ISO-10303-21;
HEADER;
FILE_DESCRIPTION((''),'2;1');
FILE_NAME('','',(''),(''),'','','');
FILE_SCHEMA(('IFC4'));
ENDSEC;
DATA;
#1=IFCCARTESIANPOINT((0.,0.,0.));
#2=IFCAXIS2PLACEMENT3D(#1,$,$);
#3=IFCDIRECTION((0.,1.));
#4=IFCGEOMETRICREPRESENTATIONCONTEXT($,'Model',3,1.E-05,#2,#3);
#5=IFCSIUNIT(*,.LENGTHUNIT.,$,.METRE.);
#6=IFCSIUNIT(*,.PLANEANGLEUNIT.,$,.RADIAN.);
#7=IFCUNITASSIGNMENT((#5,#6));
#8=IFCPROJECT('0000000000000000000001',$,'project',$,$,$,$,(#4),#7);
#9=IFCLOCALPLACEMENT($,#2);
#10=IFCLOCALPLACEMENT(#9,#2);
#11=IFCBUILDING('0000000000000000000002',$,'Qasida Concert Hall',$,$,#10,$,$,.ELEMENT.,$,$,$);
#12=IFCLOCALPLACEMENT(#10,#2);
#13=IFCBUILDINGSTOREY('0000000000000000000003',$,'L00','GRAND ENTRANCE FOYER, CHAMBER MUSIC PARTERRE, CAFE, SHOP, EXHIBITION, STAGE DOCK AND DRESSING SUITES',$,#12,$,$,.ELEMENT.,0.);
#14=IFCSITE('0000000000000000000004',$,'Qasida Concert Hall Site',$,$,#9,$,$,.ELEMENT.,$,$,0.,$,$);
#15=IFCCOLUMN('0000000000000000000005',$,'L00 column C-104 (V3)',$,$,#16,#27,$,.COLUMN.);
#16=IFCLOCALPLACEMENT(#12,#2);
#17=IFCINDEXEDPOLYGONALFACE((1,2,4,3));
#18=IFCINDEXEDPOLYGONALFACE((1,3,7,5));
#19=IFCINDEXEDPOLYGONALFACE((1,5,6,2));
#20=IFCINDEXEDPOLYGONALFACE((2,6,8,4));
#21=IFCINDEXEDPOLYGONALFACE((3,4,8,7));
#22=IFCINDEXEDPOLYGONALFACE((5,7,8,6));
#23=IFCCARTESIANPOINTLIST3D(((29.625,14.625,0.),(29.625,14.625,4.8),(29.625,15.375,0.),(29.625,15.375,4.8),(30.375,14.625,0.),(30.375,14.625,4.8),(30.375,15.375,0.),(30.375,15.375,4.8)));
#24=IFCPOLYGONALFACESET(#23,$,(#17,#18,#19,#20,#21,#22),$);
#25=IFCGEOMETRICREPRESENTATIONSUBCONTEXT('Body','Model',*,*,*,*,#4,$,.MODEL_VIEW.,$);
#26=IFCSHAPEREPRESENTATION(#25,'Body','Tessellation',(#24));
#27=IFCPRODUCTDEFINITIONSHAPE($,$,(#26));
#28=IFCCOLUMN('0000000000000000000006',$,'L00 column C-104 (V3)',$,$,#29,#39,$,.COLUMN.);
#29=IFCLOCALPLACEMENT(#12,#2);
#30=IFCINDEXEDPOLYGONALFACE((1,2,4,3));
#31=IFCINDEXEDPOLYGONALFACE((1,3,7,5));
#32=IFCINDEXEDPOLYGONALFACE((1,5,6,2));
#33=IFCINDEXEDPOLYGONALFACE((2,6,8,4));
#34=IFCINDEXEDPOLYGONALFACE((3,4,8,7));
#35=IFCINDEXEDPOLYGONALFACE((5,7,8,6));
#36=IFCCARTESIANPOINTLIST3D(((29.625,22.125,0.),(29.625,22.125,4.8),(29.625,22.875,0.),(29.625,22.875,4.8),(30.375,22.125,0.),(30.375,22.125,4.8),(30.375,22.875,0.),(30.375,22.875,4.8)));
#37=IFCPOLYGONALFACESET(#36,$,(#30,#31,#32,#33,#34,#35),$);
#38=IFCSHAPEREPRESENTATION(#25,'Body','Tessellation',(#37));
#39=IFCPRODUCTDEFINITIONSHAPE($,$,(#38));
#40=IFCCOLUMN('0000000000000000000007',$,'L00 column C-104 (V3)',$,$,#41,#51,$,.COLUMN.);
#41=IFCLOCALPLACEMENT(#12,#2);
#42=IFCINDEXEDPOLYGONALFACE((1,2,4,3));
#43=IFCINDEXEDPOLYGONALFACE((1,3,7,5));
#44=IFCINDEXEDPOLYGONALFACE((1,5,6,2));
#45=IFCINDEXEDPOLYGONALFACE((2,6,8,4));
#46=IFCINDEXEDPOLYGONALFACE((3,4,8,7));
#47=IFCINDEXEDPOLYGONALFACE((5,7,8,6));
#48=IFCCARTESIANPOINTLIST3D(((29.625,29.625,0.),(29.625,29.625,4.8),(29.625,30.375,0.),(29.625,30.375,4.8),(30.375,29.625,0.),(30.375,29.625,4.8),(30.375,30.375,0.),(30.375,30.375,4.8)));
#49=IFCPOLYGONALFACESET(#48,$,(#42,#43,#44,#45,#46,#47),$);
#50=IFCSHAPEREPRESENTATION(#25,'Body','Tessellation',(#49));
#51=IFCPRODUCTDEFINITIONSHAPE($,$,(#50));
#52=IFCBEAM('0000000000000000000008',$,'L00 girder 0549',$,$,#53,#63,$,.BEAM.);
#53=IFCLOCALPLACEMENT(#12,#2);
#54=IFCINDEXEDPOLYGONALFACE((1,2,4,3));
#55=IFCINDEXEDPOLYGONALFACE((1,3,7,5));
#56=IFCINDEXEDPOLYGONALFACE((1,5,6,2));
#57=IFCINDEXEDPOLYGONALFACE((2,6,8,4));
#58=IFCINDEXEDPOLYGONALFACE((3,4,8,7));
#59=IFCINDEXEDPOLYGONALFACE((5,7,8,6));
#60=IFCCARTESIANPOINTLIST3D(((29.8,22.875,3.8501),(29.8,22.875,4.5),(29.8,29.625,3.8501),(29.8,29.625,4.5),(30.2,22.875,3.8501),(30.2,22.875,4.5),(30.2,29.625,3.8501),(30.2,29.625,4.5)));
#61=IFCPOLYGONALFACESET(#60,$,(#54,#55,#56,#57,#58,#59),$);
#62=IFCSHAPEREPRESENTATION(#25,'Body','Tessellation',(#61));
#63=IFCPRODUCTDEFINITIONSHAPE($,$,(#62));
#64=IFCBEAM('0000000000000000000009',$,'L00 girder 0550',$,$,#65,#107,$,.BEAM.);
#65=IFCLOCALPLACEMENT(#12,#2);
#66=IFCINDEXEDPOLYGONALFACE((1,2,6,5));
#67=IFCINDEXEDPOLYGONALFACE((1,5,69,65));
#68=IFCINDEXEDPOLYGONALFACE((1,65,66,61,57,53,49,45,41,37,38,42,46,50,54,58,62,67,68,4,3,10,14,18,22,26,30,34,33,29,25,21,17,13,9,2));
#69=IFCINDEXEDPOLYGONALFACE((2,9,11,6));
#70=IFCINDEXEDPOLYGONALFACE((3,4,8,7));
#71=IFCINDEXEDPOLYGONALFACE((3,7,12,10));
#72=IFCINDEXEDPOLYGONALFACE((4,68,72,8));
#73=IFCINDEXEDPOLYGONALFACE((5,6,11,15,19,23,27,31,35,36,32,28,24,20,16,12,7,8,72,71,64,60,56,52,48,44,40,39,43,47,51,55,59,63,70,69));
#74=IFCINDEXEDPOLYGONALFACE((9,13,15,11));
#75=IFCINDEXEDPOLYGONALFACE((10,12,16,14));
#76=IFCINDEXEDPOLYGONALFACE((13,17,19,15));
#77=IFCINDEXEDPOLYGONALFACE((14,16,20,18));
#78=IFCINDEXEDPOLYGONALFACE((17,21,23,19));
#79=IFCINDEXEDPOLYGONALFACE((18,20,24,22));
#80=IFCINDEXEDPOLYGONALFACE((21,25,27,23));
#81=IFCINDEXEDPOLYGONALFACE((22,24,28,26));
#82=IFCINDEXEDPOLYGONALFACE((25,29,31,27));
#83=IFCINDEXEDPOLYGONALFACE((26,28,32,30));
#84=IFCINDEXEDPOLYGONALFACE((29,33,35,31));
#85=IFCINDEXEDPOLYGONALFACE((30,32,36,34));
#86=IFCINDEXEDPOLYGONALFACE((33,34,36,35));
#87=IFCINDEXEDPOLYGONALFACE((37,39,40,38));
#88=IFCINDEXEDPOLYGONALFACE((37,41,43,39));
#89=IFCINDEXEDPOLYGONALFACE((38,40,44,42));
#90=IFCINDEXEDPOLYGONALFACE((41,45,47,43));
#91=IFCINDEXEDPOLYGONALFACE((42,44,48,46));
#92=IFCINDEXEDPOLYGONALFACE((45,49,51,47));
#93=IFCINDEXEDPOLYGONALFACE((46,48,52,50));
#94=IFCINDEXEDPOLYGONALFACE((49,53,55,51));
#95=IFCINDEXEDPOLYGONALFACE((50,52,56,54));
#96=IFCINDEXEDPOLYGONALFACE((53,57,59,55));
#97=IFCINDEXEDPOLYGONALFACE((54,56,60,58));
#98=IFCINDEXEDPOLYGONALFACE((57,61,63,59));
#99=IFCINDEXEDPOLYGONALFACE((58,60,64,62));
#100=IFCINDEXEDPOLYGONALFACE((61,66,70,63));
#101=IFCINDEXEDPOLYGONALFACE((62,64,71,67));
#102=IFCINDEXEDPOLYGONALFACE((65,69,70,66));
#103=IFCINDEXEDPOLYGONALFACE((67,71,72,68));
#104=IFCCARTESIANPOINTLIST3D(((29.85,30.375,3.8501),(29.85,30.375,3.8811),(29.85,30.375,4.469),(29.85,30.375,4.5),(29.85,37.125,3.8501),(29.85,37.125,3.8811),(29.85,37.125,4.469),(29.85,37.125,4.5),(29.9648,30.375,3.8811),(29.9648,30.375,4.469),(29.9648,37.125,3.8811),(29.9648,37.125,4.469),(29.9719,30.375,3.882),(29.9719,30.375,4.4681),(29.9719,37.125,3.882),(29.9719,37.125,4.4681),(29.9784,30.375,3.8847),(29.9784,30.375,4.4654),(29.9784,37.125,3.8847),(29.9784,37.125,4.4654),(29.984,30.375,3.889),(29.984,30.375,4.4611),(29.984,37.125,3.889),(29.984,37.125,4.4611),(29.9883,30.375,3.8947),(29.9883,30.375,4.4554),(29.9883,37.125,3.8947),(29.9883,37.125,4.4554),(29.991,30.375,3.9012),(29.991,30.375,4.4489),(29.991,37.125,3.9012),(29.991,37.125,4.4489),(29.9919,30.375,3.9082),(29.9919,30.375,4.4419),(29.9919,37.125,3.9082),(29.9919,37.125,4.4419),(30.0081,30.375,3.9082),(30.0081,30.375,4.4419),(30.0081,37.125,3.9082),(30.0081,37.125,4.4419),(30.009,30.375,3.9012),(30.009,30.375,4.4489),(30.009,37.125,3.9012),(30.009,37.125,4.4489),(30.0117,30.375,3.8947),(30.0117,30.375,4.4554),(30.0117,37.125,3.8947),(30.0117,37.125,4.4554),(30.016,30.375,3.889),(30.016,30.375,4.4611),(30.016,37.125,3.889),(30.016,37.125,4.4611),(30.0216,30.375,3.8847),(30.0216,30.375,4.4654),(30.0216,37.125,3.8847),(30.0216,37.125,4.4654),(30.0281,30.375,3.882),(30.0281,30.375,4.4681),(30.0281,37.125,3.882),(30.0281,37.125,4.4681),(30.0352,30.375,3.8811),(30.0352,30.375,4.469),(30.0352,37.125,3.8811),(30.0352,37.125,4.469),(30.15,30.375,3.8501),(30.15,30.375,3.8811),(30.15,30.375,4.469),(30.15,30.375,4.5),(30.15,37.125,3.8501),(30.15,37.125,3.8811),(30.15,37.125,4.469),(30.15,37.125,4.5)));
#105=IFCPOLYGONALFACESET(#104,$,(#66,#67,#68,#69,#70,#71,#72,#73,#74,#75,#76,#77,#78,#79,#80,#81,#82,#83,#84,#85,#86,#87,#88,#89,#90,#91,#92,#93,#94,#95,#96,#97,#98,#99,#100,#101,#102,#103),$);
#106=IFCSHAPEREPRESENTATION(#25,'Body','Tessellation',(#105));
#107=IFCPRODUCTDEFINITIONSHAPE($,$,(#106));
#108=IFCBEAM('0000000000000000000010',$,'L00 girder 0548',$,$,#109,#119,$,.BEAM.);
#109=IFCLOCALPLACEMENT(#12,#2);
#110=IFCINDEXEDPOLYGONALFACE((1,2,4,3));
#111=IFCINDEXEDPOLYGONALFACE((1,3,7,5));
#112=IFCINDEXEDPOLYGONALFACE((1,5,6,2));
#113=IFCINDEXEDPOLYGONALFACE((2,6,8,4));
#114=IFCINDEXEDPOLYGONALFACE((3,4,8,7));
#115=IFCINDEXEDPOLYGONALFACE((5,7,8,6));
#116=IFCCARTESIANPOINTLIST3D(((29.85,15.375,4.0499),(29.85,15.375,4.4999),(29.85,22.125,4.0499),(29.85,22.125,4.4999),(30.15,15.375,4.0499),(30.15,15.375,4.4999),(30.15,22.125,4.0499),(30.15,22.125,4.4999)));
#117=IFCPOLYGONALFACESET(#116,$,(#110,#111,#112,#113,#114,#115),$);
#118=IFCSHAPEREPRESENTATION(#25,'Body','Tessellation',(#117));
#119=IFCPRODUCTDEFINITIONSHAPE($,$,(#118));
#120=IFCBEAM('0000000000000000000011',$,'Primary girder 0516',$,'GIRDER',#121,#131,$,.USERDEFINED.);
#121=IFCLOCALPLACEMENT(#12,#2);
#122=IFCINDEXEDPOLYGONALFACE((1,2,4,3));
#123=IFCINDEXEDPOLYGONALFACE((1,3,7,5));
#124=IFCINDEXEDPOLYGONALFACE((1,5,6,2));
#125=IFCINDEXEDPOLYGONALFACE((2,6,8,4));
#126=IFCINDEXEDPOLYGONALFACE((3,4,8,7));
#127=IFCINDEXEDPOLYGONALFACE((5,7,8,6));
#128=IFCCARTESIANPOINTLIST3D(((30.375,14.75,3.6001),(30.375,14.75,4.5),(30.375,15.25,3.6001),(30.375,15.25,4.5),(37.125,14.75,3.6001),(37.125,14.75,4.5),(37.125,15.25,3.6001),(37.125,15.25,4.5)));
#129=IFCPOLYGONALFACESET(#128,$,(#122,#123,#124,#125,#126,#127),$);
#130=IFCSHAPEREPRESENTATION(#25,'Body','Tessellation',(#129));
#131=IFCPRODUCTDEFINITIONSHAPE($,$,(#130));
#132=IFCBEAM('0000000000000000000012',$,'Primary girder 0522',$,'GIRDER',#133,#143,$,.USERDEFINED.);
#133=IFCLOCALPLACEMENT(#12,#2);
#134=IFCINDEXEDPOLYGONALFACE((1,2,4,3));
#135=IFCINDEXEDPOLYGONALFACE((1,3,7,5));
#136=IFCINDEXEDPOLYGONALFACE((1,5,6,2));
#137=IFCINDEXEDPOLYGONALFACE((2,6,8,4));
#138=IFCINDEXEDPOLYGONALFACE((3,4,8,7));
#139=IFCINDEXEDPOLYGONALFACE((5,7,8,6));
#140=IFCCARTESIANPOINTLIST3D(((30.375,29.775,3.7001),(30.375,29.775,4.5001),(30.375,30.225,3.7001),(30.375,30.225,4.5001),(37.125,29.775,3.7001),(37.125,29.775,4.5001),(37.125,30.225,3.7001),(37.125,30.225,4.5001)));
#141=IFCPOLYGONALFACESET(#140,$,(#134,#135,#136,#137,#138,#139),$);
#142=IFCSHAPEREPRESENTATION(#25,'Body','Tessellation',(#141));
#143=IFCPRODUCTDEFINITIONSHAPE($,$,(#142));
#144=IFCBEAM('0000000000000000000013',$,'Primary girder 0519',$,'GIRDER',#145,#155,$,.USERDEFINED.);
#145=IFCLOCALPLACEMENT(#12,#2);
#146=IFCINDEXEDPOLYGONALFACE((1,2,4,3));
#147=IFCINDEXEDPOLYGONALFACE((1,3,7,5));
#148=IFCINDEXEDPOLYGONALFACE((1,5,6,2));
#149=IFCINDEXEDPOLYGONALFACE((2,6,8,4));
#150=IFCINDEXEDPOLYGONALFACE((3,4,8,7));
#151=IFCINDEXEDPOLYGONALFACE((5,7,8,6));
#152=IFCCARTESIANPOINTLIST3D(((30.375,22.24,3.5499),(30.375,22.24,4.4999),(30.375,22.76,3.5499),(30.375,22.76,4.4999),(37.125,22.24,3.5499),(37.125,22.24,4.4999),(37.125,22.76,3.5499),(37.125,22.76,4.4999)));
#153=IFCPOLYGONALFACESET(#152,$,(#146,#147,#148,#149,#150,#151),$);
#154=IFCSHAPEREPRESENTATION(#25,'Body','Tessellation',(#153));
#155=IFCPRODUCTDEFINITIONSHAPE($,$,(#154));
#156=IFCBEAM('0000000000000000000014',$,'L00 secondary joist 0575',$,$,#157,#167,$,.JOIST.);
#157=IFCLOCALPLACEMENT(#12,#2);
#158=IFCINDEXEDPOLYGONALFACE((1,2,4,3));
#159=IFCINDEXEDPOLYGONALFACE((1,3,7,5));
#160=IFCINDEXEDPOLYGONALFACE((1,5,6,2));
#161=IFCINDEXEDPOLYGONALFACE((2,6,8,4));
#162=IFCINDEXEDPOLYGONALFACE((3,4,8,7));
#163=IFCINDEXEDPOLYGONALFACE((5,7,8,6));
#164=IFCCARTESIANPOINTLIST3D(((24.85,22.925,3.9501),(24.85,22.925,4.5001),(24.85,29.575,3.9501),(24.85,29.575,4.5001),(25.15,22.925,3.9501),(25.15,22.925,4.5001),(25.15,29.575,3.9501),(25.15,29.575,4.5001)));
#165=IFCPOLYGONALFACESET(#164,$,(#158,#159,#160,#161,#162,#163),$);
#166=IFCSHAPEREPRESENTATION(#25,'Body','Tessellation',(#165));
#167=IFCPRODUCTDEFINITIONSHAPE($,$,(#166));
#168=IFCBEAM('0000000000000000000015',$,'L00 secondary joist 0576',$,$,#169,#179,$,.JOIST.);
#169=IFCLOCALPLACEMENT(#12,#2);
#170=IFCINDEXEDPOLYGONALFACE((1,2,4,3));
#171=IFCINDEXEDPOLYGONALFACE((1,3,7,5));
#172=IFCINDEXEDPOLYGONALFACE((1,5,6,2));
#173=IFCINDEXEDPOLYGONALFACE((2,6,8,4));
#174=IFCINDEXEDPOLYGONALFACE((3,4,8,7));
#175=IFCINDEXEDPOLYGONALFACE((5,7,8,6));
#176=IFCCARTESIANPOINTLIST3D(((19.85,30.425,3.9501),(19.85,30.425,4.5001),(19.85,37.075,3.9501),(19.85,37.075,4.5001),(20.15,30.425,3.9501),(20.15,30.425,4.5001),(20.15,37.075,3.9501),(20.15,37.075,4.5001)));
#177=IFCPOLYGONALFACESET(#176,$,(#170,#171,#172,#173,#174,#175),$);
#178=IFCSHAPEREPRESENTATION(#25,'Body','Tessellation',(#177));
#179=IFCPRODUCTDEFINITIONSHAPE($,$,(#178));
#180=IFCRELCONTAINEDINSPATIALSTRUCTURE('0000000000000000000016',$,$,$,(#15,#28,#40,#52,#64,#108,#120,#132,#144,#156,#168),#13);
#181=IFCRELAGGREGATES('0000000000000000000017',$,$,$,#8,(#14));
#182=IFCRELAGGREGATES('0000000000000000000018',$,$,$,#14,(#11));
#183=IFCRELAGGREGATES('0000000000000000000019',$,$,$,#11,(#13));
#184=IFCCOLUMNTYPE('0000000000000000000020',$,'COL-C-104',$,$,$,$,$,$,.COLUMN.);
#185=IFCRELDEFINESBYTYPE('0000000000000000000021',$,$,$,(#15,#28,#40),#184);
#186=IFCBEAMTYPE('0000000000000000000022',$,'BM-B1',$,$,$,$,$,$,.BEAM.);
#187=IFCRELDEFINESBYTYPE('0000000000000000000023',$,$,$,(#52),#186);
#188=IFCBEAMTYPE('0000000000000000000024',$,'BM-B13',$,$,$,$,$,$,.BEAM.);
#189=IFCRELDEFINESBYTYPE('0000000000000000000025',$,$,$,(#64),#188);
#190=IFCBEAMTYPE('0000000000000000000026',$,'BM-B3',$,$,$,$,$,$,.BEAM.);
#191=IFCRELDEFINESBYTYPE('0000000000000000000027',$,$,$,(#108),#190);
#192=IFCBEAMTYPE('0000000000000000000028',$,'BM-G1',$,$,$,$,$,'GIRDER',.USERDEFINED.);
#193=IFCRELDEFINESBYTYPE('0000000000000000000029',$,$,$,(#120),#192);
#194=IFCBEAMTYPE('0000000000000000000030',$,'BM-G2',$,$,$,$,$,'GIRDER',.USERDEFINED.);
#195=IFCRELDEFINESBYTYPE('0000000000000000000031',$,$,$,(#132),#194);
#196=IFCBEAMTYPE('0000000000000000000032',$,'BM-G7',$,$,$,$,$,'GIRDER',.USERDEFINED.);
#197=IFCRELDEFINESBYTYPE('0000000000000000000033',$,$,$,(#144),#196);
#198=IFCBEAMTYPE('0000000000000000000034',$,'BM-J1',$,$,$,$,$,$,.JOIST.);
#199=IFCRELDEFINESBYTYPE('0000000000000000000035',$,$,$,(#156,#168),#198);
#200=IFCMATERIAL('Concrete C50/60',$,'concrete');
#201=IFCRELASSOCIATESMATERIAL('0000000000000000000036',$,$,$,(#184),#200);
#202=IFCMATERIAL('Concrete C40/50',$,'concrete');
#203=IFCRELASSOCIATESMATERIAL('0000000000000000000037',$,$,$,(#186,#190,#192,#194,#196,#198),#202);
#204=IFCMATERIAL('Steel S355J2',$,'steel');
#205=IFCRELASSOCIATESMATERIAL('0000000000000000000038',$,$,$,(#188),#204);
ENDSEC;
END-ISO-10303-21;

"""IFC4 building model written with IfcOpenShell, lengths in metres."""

from ifc_helpers import new_model, si_unit, direction, frame, origin, origin_2d, place, context, subcontext, project, spatial, rectangle, i_section, extrude, material, material_profile, profile_set, type_object, element, save


model = new_model("IFC4")

# Units and contexts
model_context = context("Model", 3, precision=1e-05, world=origin(), true_north=direction((0.0, 1.0)))
body_context = subcontext(model_context, "Body", "Model", "MODEL_VIEW")
ifc_project = project(units=[si_unit("LENGTHUNIT", "METRE"), si_unit("PLANEANGLEUNIT", "RADIAN")], contexts=[model_context])

# Site, building, storey
site_placement = place(None, origin())
site = spatial("IfcSite", under=ifc_project, at=site_placement, Name="Qasida Concert Hall Site", CompositionType="ELEMENT", RefElevation=0.0)
building_placement = place(site_placement, origin())
building = spatial("IfcBuilding", under=site, at=building_placement, Name="Qasida Concert Hall", CompositionType="ELEMENT")
storey_placement = place(building_placement, origin())
storey = spatial("IfcBuildingStorey", under=building, at=storey_placement, Name="L00", Description="GRAND ENTRANCE FOYER, CHAMBER MUSIC PARTERRE, CAFE, SHOP, EXHIBITION, STAGE DOCK AND DRESSING SUITES", CompositionType="ELEMENT", Elevation=0.0)

# Columns
ifc_material_1 = material(Name="Concrete C50/60", Category="concrete")
ifc_material_profile_1 = material_profile(ifc_material_1, rectangle(XDim=0.75, YDim=0.75, at=origin_2d()), Name="RC 750x750")
ifc_profile_set_1 = profile_set([ifc_material_profile_1], Name="Concrete C50/60")
column_type = type_object("IfcColumnType", Name="COL-C-104", PredefinedType="COLUMN", material=ifc_profile_set_1)
for number, where, z_axis, x_axis, name in (
    (1, (30.0, 15.0, 0.0), (0.0, 0.0, 1.0), (1.0, 0.0, 0.0), "L00 column C-104 (V3)"),
    (2, (30.0, 22.5, 0.0), (0.0, 0.0, 1.0), (1.0, 0.0, 0.0), "L00 column C-104 (V3)"),
    (3, (30.0, 30.0, 0.0), (0.0, 0.0, 1.0), (1.0, 0.0, 0.0), "L00 column C-104 (V3)"),
):
    element("IfcColumn", number, at=place(storey_placement, frame(where, z_axis=z_axis, x_axis=x_axis)), inside=storey, type_object=column_type, Name=name, PredefinedType="COLUMN", context=body_context, shape_type="SweptSolid", body=[
        extrude(rectangle(XDim=0.75, YDim=0.75, at=origin_2d()), origin(), (0.0, 0.0, 1.0), 4.8),
    ])

# Beams
ifc_material_2 = material(Name="Concrete C40/50", Category="concrete")
ifc_material_profile_2 = material_profile(ifc_material_2, rectangle(XDim=0.3999, YDim=0.6499, at=origin_2d()), Name="RC 400x650")
ifc_profile_set_2 = profile_set([ifc_material_profile_2], Name="Concrete C40/50")
beam_type_1 = type_object("IfcBeamType", Name="BM-B1", PredefinedType="BEAM", material=ifc_profile_set_2)
beam_1_placement = place(storey_placement, frame((30.0, 22.875, 4.175), z_axis=(0.0, 1.0, 0.0), x_axis=(-1.0, 0.0, 0.0)))
element("IfcBeam", 4, at=beam_1_placement, inside=storey, type_object=beam_type_1, Name="L00 girder 0549", PredefinedType="BEAM", context=body_context, shape_type="SweptSolid", body=[
    extrude(rectangle(XDim=0.3999, YDim=0.6499, at=origin_2d()), origin(), (0.0, 0.0, 1.0), 6.75),
])
ifc_material_3 = material(Name="Steel S355J2", Category="steel")
ifc_material_profile_3 = material_profile(ifc_material_3, i_section(OverallWidth=0.3, OverallDepth=0.6499, WebThickness=0.0161, FlangeThickness=0.031, FilletRadius=0.0271, at=origin_2d()), Name="HEB 650")
ifc_profile_set_3 = profile_set([ifc_material_profile_3], Name="Steel S355J2")
beam_type_2 = type_object("IfcBeamType", Name="BM-B13", PredefinedType="BEAM", material=ifc_profile_set_3)
beam_2_placement = place(storey_placement, frame((30.0, 30.375, 4.175), z_axis=(0.0, 1.0, 0.0), x_axis=(-1.0, 0.0, 0.0)))
element("IfcBeam", 5, at=beam_2_placement, inside=storey, type_object=beam_type_2, Name="L00 girder 0550", PredefinedType="BEAM", context=body_context, shape_type="SweptSolid", body=[
    extrude(i_section(OverallWidth=0.3, OverallDepth=0.6499, WebThickness=0.0161, FlangeThickness=0.031, FilletRadius=0.0271, at=origin_2d()), origin(), (0.0, 0.0, 1.0), 6.75),
])
ifc_material_profile_4 = material_profile(ifc_material_2, rectangle(XDim=0.3, YDim=0.45, at=origin_2d()), Name="RC 300x450")
ifc_profile_set_4 = profile_set([ifc_material_profile_4], Name="Concrete C40/50")
beam_type_3 = type_object("IfcBeamType", Name="BM-B3", PredefinedType="BEAM", material=ifc_profile_set_4)
beam_3_placement = place(storey_placement, frame((30.0, 15.375, 4.2749), z_axis=(0.0, 1.0, 0.0), x_axis=(-1.0, 0.0, 0.0)))
element("IfcBeam", 6, at=beam_3_placement, inside=storey, type_object=beam_type_3, Name="L00 girder 0548", PredefinedType="BEAM", context=body_context, shape_type="SweptSolid", body=[
    extrude(rectangle(XDim=0.3, YDim=0.45, at=origin_2d()), origin(), (0.0, 0.0, 1.0), 6.75),
])
ifc_material_profile_5 = material_profile(ifc_material_2, rectangle(XDim=0.5, YDim=0.8999, at=origin_2d()), Name="RC 500x900")
ifc_profile_set_5 = profile_set([ifc_material_profile_5], Name="Concrete C40/50")
beam_type_4 = type_object("IfcBeamType", Name="BM-G1", ElementType="GIRDER", PredefinedType="USERDEFINED", material=ifc_profile_set_5)
beam_4_placement = place(storey_placement, frame((30.375, 15.0, 4.05), z_axis=(1.0, 0.0, 0.0), x_axis=(0.0, 1.0, 0.0)))
element("IfcBeam", 7, at=beam_4_placement, inside=storey, type_object=beam_type_4, Name="Primary girder 0516", ObjectType="GIRDER", PredefinedType="USERDEFINED", context=body_context, shape_type="SweptSolid", body=[
    extrude(rectangle(XDim=0.5, YDim=0.8999, at=origin_2d()), origin(), (0.0, 0.0, 1.0), 6.75),
])
ifc_material_profile_6 = material_profile(ifc_material_2, rectangle(XDim=0.45, YDim=0.8, at=origin_2d()), Name="RC 450x800")
ifc_profile_set_6 = profile_set([ifc_material_profile_6], Name="Concrete C40/50")
beam_type_5 = type_object("IfcBeamType", Name="BM-G2", ElementType="GIRDER", PredefinedType="USERDEFINED", material=ifc_profile_set_6)
beam_5_placement = place(storey_placement, frame((30.375, 30.0, 4.1001), z_axis=(1.0, 0.0, 0.0), x_axis=(0.0, 1.0, 0.0)))
element("IfcBeam", 8, at=beam_5_placement, inside=storey, type_object=beam_type_5, Name="Primary girder 0522", ObjectType="GIRDER", PredefinedType="USERDEFINED", context=body_context, shape_type="SweptSolid", body=[
    extrude(rectangle(XDim=0.45, YDim=0.8, at=origin_2d()), origin(), (0.0, 0.0, 1.0), 6.75),
])
ifc_material_profile_7 = material_profile(ifc_material_2, rectangle(XDim=0.52, YDim=0.95, at=origin_2d()), Name="RC 520x950")
ifc_profile_set_7 = profile_set([ifc_material_profile_7], Name="Concrete C40/50")
beam_type_6 = type_object("IfcBeamType", Name="BM-G7", ElementType="GIRDER", PredefinedType="USERDEFINED", material=ifc_profile_set_7)
beam_6_placement = place(storey_placement, frame((30.375, 22.5, 4.0249), z_axis=(1.0, 0.0, 0.0), x_axis=(0.0, 1.0, 0.0)))
element("IfcBeam", 9, at=beam_6_placement, inside=storey, type_object=beam_type_6, Name="Primary girder 0519", ObjectType="GIRDER", PredefinedType="USERDEFINED", context=body_context, shape_type="SweptSolid", body=[
    extrude(rectangle(XDim=0.52, YDim=0.95, at=origin_2d()), origin(), (0.0, 0.0, 1.0), 6.75),
])
ifc_material_profile_8 = material_profile(ifc_material_2, rectangle(XDim=0.3, YDim=0.55, at=origin_2d()), Name="RC 300x550")
ifc_profile_set_8 = profile_set([ifc_material_profile_8], Name="Concrete C40/50")
beam_type_7 = type_object("IfcBeamType", Name="BM-J1", PredefinedType="JOIST", material=ifc_profile_set_8)
for number, where, z_axis, x_axis, name in (
    (10, (25.0, 22.925, 4.2251), (0.0, 1.0, 0.0), (-1.0, 0.0, 0.0), "L00 secondary joist 0575"),
    (11, (20.0, 30.425, 4.2251), (0.0, 1.0, 0.0), (-1.0, 0.0, 0.0), "L00 secondary joist 0576"),
):
    element("IfcBeam", number, at=place(storey_placement, frame(where, z_axis=z_axis, x_axis=x_axis)), inside=storey, type_object=beam_type_7, Name=name, PredefinedType="JOIST", context=body_context, shape_type="SweptSolid", body=[
        extrude(rectangle(XDim=0.3, YDim=0.55, at=origin_2d()), origin(), (0.0, 0.0, 1.0), 6.6499),
    ])

save(model, "model.ifc")
